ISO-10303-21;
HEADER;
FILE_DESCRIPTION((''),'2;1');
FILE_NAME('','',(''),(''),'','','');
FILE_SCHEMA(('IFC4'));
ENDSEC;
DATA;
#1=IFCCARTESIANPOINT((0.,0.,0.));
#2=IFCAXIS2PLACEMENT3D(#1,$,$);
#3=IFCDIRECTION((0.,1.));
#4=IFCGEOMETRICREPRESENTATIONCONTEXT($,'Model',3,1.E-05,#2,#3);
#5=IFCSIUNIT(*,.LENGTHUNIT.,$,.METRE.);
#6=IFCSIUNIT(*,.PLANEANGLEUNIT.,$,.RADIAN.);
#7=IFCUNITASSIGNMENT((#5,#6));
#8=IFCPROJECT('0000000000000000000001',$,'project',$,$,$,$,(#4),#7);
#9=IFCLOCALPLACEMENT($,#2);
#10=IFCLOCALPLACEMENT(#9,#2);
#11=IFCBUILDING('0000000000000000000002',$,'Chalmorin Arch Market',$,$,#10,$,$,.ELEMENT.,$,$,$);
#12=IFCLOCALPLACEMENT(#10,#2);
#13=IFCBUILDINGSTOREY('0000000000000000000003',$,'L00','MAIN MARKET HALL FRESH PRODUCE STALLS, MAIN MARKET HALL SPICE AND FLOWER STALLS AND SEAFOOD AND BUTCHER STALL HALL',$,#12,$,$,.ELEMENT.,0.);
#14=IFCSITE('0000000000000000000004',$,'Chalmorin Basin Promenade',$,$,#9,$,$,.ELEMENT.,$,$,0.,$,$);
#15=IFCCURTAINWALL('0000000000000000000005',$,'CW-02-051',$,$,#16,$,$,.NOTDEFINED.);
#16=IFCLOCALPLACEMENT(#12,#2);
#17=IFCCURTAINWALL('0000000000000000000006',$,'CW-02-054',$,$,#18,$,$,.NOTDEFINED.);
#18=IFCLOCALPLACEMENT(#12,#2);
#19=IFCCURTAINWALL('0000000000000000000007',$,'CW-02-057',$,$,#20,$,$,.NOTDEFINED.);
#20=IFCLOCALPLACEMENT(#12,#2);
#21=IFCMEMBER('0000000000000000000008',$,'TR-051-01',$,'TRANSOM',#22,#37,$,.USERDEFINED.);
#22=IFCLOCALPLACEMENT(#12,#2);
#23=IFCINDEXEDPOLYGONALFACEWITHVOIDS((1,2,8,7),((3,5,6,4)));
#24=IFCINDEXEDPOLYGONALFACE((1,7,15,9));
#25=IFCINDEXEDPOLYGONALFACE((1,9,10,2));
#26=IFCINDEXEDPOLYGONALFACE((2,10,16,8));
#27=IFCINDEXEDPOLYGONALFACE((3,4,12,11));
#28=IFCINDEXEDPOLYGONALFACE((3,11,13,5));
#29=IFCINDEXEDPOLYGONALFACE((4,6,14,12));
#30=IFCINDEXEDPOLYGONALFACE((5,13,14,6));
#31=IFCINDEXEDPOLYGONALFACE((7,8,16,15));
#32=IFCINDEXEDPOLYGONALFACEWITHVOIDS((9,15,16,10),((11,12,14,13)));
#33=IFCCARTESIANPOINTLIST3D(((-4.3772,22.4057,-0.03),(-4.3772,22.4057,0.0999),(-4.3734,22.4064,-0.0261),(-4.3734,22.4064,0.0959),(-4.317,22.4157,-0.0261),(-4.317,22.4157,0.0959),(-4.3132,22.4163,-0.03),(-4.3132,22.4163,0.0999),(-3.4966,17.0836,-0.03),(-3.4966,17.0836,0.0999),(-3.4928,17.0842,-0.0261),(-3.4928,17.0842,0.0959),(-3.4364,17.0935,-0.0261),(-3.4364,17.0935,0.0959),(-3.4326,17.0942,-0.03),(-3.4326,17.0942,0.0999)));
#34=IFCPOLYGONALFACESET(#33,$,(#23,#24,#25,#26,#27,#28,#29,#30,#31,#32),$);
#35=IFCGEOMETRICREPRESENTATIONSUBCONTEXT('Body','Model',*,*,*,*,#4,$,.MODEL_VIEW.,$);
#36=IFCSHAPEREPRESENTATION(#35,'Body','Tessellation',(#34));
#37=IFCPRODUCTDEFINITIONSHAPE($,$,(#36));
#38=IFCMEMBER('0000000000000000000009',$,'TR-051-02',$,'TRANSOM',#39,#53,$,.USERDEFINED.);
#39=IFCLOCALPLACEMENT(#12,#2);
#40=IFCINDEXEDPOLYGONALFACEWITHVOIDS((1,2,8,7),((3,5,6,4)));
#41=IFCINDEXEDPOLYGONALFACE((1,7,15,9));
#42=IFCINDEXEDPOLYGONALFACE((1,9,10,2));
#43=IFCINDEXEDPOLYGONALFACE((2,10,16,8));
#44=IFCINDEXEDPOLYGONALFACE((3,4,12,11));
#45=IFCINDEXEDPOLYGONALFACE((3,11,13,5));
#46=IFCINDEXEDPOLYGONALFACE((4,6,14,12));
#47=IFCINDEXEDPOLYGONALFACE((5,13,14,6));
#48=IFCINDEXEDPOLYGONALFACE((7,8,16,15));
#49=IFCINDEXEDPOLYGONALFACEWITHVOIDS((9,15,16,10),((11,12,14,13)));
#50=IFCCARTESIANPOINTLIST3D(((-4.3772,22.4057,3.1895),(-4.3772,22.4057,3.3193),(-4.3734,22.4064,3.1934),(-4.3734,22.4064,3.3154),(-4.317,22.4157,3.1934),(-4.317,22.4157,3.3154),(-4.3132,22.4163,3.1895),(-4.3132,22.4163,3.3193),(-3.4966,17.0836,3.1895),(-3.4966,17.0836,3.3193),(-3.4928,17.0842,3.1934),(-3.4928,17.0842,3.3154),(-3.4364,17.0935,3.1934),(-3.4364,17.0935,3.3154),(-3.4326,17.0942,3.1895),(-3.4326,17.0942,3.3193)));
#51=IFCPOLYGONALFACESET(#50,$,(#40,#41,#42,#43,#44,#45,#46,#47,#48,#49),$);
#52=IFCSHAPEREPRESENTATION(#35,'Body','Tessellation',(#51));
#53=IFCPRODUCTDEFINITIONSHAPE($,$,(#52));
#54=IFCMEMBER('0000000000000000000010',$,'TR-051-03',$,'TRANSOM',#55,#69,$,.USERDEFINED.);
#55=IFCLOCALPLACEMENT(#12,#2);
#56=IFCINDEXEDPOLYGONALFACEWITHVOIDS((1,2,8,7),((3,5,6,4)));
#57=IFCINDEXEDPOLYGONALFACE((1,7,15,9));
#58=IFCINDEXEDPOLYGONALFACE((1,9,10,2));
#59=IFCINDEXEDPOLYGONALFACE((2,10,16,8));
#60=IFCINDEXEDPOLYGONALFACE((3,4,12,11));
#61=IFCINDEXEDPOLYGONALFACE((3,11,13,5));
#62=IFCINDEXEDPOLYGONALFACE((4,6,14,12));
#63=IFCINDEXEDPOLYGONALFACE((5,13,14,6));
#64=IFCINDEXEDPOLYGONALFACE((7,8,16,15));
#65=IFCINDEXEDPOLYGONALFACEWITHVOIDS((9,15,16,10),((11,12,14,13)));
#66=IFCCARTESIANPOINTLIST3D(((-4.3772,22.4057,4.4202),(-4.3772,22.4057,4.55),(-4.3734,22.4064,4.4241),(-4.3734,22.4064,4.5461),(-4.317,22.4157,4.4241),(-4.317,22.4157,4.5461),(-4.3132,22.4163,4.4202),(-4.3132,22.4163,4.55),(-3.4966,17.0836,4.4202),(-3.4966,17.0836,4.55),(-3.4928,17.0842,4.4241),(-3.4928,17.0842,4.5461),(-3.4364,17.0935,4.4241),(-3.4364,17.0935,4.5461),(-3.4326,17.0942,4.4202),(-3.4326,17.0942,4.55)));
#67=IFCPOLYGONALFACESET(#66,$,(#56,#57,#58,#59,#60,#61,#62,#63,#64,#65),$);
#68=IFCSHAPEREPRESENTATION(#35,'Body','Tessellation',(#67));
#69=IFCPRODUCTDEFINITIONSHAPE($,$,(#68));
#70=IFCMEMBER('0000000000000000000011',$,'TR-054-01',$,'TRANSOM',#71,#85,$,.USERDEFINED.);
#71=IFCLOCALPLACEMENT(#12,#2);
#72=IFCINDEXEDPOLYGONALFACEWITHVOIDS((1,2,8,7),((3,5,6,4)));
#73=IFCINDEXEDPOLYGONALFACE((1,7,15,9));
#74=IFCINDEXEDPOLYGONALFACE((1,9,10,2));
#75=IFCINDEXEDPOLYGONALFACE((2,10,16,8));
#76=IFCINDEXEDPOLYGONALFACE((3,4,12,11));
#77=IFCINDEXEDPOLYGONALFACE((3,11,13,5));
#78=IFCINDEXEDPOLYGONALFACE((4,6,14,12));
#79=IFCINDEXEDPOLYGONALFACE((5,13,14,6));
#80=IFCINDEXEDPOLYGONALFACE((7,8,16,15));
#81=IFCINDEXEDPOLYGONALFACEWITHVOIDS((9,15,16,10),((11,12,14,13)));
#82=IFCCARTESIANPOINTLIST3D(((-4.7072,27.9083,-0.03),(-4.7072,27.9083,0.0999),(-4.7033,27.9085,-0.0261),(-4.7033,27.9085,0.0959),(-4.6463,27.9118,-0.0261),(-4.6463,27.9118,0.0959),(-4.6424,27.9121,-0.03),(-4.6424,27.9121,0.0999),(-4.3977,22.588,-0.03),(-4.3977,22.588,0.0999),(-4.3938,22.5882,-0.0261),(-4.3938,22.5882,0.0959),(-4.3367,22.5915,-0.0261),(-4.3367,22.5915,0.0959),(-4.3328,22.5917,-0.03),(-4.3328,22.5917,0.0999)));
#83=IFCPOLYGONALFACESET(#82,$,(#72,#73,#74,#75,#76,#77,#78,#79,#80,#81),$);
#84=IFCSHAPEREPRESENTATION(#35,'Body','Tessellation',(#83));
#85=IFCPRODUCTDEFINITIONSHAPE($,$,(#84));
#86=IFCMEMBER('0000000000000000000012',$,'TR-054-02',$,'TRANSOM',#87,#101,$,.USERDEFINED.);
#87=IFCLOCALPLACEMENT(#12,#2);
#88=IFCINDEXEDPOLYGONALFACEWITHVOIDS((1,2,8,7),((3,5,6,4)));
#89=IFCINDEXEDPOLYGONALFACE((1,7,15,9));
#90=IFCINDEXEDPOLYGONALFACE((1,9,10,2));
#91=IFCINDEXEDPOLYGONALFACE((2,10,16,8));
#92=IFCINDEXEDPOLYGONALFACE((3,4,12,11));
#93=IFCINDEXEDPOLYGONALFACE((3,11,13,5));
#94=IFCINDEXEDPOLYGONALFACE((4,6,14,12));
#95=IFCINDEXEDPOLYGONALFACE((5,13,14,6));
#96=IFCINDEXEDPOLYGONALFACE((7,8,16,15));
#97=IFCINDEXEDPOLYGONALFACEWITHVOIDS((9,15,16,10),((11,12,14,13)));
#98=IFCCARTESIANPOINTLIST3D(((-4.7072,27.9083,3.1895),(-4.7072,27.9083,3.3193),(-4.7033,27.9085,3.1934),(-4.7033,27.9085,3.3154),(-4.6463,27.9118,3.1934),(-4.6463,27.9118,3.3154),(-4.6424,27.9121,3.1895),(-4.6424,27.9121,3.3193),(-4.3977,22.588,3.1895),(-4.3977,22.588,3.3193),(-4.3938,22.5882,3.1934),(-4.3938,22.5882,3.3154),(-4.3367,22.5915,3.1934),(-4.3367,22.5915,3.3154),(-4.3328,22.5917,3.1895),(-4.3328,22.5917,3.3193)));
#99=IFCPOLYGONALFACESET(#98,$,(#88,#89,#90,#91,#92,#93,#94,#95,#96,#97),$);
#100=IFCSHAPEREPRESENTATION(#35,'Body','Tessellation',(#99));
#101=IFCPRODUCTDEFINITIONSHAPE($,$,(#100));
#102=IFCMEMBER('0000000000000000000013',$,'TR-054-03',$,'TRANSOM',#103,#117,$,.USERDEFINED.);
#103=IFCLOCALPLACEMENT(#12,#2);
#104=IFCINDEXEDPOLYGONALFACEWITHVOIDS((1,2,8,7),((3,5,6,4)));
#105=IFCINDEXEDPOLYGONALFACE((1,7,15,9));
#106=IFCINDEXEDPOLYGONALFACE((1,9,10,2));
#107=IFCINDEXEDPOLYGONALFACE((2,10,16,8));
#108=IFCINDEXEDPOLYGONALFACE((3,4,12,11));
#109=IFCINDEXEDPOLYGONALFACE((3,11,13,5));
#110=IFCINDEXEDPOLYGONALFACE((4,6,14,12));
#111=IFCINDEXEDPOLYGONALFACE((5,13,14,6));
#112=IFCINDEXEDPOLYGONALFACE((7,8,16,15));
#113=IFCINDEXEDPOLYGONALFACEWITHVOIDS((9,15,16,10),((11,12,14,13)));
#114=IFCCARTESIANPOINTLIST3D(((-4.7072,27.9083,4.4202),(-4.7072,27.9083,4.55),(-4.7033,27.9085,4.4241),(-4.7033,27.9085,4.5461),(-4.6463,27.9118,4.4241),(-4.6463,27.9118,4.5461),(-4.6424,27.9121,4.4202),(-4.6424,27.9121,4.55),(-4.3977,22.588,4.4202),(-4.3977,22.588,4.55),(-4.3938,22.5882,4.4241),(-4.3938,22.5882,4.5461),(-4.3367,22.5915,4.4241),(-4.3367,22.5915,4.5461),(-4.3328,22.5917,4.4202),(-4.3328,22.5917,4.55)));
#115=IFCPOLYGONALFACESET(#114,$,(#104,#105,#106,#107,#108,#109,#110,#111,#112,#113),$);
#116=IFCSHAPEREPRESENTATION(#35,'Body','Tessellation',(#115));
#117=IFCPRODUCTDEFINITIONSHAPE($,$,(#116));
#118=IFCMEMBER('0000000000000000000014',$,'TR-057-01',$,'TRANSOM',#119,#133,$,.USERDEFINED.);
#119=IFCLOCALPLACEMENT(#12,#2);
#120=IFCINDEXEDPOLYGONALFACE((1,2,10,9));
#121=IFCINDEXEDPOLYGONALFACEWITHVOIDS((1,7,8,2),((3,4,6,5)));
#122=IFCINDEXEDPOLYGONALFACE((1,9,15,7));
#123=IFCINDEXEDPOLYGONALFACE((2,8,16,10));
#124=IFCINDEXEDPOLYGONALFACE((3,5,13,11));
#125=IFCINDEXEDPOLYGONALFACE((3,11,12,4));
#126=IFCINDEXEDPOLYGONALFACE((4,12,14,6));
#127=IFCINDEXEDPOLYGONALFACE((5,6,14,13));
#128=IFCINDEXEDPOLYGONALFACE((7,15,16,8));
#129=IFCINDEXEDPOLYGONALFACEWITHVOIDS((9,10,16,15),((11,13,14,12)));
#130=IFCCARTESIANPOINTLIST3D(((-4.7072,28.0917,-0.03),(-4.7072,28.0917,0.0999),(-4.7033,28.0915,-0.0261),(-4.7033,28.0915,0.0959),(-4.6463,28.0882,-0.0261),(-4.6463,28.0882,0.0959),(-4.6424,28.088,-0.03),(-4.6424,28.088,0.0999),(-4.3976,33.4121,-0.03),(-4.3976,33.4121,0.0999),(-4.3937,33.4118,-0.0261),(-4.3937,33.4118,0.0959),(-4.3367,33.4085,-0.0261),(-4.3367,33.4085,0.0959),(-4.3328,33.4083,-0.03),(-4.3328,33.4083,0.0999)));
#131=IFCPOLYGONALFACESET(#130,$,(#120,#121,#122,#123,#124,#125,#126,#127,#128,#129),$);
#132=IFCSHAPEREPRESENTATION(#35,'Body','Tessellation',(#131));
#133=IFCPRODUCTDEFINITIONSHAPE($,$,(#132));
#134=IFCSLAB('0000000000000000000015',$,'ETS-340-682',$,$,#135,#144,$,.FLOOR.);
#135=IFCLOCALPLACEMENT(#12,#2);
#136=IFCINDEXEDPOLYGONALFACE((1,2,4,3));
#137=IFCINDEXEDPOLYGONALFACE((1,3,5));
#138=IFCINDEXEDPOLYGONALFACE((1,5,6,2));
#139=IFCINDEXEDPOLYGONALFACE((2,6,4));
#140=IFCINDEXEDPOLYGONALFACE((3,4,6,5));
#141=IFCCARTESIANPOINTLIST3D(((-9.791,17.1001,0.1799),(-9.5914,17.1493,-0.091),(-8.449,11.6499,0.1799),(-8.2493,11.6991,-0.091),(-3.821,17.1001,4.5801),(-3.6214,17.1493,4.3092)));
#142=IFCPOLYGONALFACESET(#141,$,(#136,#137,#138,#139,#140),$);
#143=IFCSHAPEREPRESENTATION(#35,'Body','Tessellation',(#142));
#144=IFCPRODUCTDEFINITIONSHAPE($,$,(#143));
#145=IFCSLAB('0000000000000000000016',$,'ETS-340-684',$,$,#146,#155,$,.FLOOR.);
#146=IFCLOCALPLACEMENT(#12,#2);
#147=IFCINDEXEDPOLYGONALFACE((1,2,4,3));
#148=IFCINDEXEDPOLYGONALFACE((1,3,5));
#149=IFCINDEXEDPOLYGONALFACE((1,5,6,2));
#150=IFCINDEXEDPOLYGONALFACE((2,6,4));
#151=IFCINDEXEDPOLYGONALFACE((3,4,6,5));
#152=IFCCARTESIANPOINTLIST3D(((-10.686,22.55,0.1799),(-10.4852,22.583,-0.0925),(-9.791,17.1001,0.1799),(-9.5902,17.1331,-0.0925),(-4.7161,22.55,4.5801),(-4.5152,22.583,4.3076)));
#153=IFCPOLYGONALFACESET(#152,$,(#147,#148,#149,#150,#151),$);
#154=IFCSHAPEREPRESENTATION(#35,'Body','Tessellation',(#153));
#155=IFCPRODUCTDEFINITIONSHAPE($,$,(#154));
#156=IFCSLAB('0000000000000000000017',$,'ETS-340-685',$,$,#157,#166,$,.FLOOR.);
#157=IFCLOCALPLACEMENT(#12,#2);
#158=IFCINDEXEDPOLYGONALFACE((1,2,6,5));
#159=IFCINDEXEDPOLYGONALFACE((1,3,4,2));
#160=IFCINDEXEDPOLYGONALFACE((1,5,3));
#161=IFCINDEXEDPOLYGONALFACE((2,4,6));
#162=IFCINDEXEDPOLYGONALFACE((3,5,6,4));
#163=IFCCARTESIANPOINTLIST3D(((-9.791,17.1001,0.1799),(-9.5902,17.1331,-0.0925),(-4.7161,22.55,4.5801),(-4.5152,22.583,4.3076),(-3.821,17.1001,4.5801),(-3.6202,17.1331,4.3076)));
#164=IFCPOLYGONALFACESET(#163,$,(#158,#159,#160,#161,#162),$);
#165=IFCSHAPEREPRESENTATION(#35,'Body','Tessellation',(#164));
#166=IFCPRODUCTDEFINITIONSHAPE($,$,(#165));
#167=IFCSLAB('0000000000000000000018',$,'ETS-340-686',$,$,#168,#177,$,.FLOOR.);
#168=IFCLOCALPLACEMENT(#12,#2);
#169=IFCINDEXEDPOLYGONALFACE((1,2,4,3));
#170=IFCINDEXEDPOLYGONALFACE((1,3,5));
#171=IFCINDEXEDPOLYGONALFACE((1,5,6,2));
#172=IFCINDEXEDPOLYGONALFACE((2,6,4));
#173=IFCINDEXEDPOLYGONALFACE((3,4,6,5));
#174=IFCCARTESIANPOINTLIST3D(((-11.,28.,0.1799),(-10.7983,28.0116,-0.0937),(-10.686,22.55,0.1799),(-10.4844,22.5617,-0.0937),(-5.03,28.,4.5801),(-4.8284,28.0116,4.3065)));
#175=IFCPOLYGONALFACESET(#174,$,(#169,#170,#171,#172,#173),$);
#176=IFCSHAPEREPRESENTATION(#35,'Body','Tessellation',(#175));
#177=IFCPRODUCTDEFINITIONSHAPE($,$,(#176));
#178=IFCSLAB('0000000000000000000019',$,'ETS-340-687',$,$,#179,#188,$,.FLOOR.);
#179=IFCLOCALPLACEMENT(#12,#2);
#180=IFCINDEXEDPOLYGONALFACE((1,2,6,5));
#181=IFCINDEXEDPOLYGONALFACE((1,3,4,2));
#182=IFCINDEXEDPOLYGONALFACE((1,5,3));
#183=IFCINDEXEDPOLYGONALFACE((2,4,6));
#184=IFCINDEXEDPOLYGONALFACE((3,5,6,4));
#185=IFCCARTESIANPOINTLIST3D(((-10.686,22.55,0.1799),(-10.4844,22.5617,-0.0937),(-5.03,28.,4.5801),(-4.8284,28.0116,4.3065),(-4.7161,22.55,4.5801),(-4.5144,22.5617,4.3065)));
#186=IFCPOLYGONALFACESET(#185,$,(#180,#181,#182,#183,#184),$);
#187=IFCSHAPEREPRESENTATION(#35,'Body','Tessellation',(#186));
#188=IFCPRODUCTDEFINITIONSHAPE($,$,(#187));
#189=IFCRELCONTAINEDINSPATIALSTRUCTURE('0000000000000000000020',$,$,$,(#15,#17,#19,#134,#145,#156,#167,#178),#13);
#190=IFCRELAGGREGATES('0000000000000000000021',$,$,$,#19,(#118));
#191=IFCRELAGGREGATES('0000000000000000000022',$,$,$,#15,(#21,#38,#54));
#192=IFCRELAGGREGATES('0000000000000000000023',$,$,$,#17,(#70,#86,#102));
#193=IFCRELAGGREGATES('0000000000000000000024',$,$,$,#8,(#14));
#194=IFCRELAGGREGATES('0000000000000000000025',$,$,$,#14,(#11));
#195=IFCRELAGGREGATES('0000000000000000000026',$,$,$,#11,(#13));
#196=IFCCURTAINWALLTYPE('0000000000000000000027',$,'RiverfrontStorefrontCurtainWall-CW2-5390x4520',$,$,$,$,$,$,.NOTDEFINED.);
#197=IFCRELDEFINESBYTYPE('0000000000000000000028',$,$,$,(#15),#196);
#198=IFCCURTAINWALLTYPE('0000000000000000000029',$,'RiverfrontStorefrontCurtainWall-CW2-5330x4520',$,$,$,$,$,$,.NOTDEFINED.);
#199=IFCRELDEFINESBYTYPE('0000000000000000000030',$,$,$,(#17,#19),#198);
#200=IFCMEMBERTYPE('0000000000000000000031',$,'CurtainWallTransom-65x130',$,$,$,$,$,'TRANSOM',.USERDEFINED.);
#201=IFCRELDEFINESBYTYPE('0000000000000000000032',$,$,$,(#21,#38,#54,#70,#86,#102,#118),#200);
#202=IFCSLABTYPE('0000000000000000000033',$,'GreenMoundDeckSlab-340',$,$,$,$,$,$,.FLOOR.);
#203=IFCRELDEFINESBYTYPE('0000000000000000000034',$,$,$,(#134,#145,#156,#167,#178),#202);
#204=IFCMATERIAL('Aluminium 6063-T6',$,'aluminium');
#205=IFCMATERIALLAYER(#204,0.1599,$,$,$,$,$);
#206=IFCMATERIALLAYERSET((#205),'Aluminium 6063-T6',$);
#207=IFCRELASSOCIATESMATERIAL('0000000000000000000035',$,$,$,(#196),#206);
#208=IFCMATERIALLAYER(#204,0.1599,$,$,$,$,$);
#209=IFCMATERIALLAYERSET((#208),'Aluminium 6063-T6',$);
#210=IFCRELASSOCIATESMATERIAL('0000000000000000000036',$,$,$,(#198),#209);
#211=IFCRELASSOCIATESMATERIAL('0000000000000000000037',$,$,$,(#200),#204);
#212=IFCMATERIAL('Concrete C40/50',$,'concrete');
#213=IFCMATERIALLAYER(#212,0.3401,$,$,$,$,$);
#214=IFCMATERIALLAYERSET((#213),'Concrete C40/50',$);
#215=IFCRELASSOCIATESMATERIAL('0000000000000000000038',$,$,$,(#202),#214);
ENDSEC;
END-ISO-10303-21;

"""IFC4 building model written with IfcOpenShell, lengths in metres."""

from ifc_helpers import new_model, si_unit, direction, frame, origin, origin_2d, place, context, subcontext, project, spatial, polyline, hollow_rectangle, outline, extrude, material, layer, layer_set, material_profile, profile_set, type_object, element, aggregate, save


model = new_model("IFC4")

# Units and contexts
model_context = context("Model", 3, precision=1e-05, world=origin(), true_north=direction((0.0, 1.0)))
body_context = subcontext(model_context, "Body", "Model", "MODEL_VIEW")
ifc_project = project(units=[si_unit("LENGTHUNIT", "METRE"), si_unit("PLANEANGLEUNIT", "RADIAN")], contexts=[model_context])

# Site, building, storey
site_placement = place(None, origin())
site = spatial("IfcSite", under=ifc_project, at=site_placement, Name="Chalmorin Basin Promenade", CompositionType="ELEMENT", RefElevation=0.0)
building_placement = place(site_placement, origin())
building = spatial("IfcBuilding", under=site, at=building_placement, Name="Chalmorin Arch Market", CompositionType="ELEMENT")
storey_placement = place(building_placement, origin())
storey = spatial("IfcBuildingStorey", under=building, at=storey_placement, Name="L00", Description="MAIN MARKET HALL FRESH PRODUCE STALLS, MAIN MARKET HALL SPICE AND FLOWER STALLS AND SEAFOOD AND BUTCHER STALL HALL", CompositionType="ELEMENT", Elevation=0.0)

# Curtain walls
ifc_material_1 = material(Name="Aluminium 6063-T6", Category="aluminium")
ifc_layer_1 = layer(ifc_material_1, 0.1599)
ifc_layer_set_1 = layer_set([ifc_layer_1], Name="Aluminium 6063-T6")
curtain_wall_type_1 = type_object("IfcCurtainWallType", Name="RiverfrontStorefrontCurtainWall-CW2-5390x4520", PredefinedType="NOTDEFINED", material=ifc_layer_set_1)
curtain_wall_1_placement = place(storey_placement, origin())
curtain_wall_1 = element("IfcCurtainWall", 1, at=curtain_wall_1_placement, inside=storey, type_object=curtain_wall_type_1, Name="CW-02-051", PredefinedType="NOTDEFINED")
ifc_layer_2 = layer(ifc_material_1, 0.1599)
ifc_layer_set_2 = layer_set([ifc_layer_2], Name="Aluminium 6063-T6")
curtain_wall_type_2 = type_object("IfcCurtainWallType", Name="RiverfrontStorefrontCurtainWall-CW2-5330x4520", PredefinedType="NOTDEFINED", material=ifc_layer_set_2)
curtain_wall_2_placement = place(storey_placement, origin())
curtain_wall_2 = element("IfcCurtainWall", 2, at=curtain_wall_2_placement, inside=storey, type_object=curtain_wall_type_2, Name="CW-02-054", PredefinedType="NOTDEFINED")

# Curtain wall
curtain_wall_3_placement = place(storey_placement, origin())
curtain_wall_3 = element("IfcCurtainWall", 3, at=curtain_wall_3_placement, inside=storey, type_object=curtain_wall_type_2, Name="CW-02-057", PredefinedType="NOTDEFINED")

# Members
ifc_material_profile_1 = material_profile(ifc_material_1, hollow_rectangle(XDim=0.0649, YDim=0.1299, WallThickness=0.0039, at=origin_2d()), Name="ALU65X130X4")
ifc_profile_set_1 = profile_set([ifc_material_profile_1], Name="Aluminium 6063-T6")
member_type_1 = type_object("IfcMemberType", Name="CurtainWallTransom-65x130", ElementType="TRANSOM", PredefinedType="USERDEFINED", material=ifc_profile_set_1)
member_1_placement = place(storey_placement, frame((-3.4646, 17.0889, 0.0349), z_axis=(-0.163239, 0.986586, 0.0), x_axis=(-0.986586, -0.163239, 0.0)))
member_1 = element("IfcMember", 4, at=member_1_placement, type_object=member_type_1, Name="TR-051-01", ObjectType="TRANSOM", PredefinedType="USERDEFINED", context=body_context, shape_type="SweptSolid", body=[
    extrude(hollow_rectangle(XDim=0.0649, YDim=0.1299, WallThickness=0.0039, at=origin_2d()), origin(), (0.0, 0.0, 1.0), 5.3945),
])
member_2_placement = place(storey_placement, frame((-3.4646, 17.0889, 3.2544), z_axis=(-0.163239, 0.986586, 0.0), x_axis=(-0.986586, -0.163239, 0.0)))
member_2 = element("IfcMember", 5, at=member_2_placement, type_object=member_type_1, Name="TR-051-02", ObjectType="TRANSOM", PredefinedType="USERDEFINED", context=body_context, shape_type="SweptSolid", body=[
    extrude(hollow_rectangle(XDim=0.0649, YDim=0.1299, WallThickness=0.0039, at=origin_2d()), origin(), (0.0, 0.0, 1.0), 5.3945),
])
member_3_placement = place(storey_placement, frame((-3.4646, 17.0889, 4.4851), z_axis=(-0.163239, 0.986586, 0.0), x_axis=(-0.986586, -0.163239, 0.0)))
member_3 = element("IfcMember", 6, at=member_3_placement, type_object=member_type_1, Name="TR-051-03", ObjectType="TRANSOM", PredefinedType="USERDEFINED", context=body_context, shape_type="SweptSolid", body=[
    extrude(hollow_rectangle(XDim=0.0649, YDim=0.1299, WallThickness=0.0039, at=origin_2d()), origin(), (0.0, 0.0, 1.0), 5.3945),
])
member_4_placement = place(storey_placement, frame((-4.3652, 22.5898, 0.0349), z_axis=(-0.058088, 0.998311, 0.0), x_axis=(-0.998311, -0.058088, 0.0)))
member_4 = element("IfcMember", 7, at=member_4_placement, type_object=member_type_1, Name="TR-054-01", ObjectType="TRANSOM", PredefinedType="USERDEFINED", context=body_context, shape_type="SweptSolid", body=[
    extrude(hollow_rectangle(XDim=0.0649, YDim=0.1299, WallThickness=0.0039, at=origin_2d()), origin(), (0.0, 0.0, 1.0), 5.3293),
])
member_5_placement = place(storey_placement, frame((-4.3652, 22.5898, 3.2544), z_axis=(-0.058088, 0.998311, 0.0), x_axis=(-0.998311, -0.058088, 0.0)))
member_5 = element("IfcMember", 8, at=member_5_placement, type_object=member_type_1, Name="TR-054-02", ObjectType="TRANSOM", PredefinedType="USERDEFINED", context=body_context, shape_type="SweptSolid", body=[
    extrude(hollow_rectangle(XDim=0.0649, YDim=0.1299, WallThickness=0.0039, at=origin_2d()), origin(), (0.0, 0.0, 1.0), 5.3293),
])
member_6_placement = place(storey_placement, frame((-4.3652, 22.5898, 4.4851), z_axis=(-0.058088, 0.998311, 0.0), x_axis=(-0.998311, -0.058088, 0.0)))
member_6 = element("IfcMember", 9, at=member_6_placement, type_object=member_type_1, Name="TR-054-03", ObjectType="TRANSOM", PredefinedType="USERDEFINED", context=body_context, shape_type="SweptSolid", body=[
    extrude(hollow_rectangle(XDim=0.0649, YDim=0.1299, WallThickness=0.0039, at=origin_2d()), origin(), (0.0, 0.0, 1.0), 5.3293),
])
member_7_placement = place(storey_placement, frame((-4.6748, 28.0898, 0.0349), z_axis=(0.058088, 0.998311, 0.0), x_axis=(-0.998311, 0.058088, 0.0)))
member_7 = element("IfcMember", 10, at=member_7_placement, type_object=member_type_1, Name="TR-057-01", ObjectType="TRANSOM", PredefinedType="USERDEFINED", context=body_context, shape_type="SweptSolid", body=[
    extrude(hollow_rectangle(XDim=0.0649, YDim=0.1299, WallThickness=0.0039, at=origin_2d()), origin(), (0.0, 0.0, 1.0), 5.3293),
])
aggregate(curtain_wall_3, [member_7])

# Slabs
ifc_material_2 = material(Name="Concrete C40/50", Category="concrete")
ifc_layer_3 = layer(ifc_material_2, 0.3401)
ifc_layer_set_3 = layer_set([ifc_layer_3], Name="Concrete C40/50")
slab_type = type_object("IfcSlabType", Name="GreenMoundDeckSlab-340", PredefinedType="FLOOR", material=ifc_layer_set_3)
slab_1_placement = place(storey_placement, frame((-3.821, 17.1001, 4.5801), z_axis=(-0.587074, -0.144559, 0.796522), x_axis=(-0.804977, 0.0, -0.593306)))
element("IfcSlab", 11, at=slab_1_placement, inside=storey, type_object=slab_type, Name="ETS-340-682", PredefinedType="FLOOR", context=body_context, shape_type="SweptSolid", body=[
    extrude(outline(polyline([(0.0, 0.0), (7.4163, 0.0), (6.336, 5.5081), (0.0, 0.0)])), origin(), (0.0, 0.0, -1.0), 0.3401),
])
slab_2_placement = place(storey_placement, frame((-4.7161, 22.55, 4.5801), z_axis=(-0.590509, -0.096977, 0.801183), x_axis=(-0.804977, 0.0, -0.593306)))
element("IfcSlab", 12, at=slab_2_placement, inside=storey, type_object=slab_type, Name="ETS-340-684", PredefinedType="FLOOR", context=body_context, shape_type="SweptSolid", body=[
    extrude(outline(polyline([(0.0, 0.0), (7.4163, 0.0), (6.6959, 5.4758), (0.0, 0.0)])), origin(), (0.0, 0.0, -1.0), 0.3401),
])
slab_3_placement = place(storey_placement, frame((-3.821, 17.1001, 4.5801), z_axis=(-0.590509, -0.096977, 0.801183), x_axis=(-0.162054, 0.986782, 0.0)))
element("IfcSlab", 13, at=slab_3_placement, inside=storey, type_object=slab_type, Name="ETS-340-685", PredefinedType="FLOOR", context=body_context, shape_type="SweptSolid", body=[
    extrude(outline(polyline([(0.0, 0.0), (5.523, 0.0), (0.9675, 7.3529), (0.0, 0.0)])), origin(), (0.0, 0.0, -1.0), 0.3401),
])
slab_4_placement = place(storey_placement, frame((-5.03, 28.0, 4.5801), z_axis=(-0.592959, -0.03416, 0.804507), x_axis=(-0.804977, 0.0, -0.593306)))
element("IfcSlab", 14, at=slab_4_placement, inside=storey, type_object=slab_type, Name="ETS-340-686", PredefinedType="FLOOR", context=body_context, shape_type="SweptSolid", body=[
    extrude(outline(polyline([(0.0, 0.0), (7.4163, 0.0), (7.1636, 5.4531), (0.0, 0.0)])), origin(), (0.0, 0.0, -1.0), 0.3401),
])
slab_5_placement = place(storey_placement, frame((-4.7161, 22.55, 4.5801), z_axis=(-0.592959, -0.03416, 0.804507), x_axis=(-0.057513, 0.998345, 0.0)))
element("IfcSlab", 15, at=slab_5_placement, inside=storey, type_object=slab_type, Name="ETS-340-687", PredefinedType="FLOOR", context=body_context, shape_type="SweptSolid", body=[
    extrude(outline(polyline([(0.0, 0.0), (5.459, 0.0), (0.3434, 7.4084), (0.0, 0.0)])), origin(), (0.0, 0.0, -1.0), 0.3401),
])

aggregate(curtain_wall_1, [member_1, member_2, member_3])
aggregate(curtain_wall_2, [member_4, member_5, member_6])

save(model, "model.ifc")
